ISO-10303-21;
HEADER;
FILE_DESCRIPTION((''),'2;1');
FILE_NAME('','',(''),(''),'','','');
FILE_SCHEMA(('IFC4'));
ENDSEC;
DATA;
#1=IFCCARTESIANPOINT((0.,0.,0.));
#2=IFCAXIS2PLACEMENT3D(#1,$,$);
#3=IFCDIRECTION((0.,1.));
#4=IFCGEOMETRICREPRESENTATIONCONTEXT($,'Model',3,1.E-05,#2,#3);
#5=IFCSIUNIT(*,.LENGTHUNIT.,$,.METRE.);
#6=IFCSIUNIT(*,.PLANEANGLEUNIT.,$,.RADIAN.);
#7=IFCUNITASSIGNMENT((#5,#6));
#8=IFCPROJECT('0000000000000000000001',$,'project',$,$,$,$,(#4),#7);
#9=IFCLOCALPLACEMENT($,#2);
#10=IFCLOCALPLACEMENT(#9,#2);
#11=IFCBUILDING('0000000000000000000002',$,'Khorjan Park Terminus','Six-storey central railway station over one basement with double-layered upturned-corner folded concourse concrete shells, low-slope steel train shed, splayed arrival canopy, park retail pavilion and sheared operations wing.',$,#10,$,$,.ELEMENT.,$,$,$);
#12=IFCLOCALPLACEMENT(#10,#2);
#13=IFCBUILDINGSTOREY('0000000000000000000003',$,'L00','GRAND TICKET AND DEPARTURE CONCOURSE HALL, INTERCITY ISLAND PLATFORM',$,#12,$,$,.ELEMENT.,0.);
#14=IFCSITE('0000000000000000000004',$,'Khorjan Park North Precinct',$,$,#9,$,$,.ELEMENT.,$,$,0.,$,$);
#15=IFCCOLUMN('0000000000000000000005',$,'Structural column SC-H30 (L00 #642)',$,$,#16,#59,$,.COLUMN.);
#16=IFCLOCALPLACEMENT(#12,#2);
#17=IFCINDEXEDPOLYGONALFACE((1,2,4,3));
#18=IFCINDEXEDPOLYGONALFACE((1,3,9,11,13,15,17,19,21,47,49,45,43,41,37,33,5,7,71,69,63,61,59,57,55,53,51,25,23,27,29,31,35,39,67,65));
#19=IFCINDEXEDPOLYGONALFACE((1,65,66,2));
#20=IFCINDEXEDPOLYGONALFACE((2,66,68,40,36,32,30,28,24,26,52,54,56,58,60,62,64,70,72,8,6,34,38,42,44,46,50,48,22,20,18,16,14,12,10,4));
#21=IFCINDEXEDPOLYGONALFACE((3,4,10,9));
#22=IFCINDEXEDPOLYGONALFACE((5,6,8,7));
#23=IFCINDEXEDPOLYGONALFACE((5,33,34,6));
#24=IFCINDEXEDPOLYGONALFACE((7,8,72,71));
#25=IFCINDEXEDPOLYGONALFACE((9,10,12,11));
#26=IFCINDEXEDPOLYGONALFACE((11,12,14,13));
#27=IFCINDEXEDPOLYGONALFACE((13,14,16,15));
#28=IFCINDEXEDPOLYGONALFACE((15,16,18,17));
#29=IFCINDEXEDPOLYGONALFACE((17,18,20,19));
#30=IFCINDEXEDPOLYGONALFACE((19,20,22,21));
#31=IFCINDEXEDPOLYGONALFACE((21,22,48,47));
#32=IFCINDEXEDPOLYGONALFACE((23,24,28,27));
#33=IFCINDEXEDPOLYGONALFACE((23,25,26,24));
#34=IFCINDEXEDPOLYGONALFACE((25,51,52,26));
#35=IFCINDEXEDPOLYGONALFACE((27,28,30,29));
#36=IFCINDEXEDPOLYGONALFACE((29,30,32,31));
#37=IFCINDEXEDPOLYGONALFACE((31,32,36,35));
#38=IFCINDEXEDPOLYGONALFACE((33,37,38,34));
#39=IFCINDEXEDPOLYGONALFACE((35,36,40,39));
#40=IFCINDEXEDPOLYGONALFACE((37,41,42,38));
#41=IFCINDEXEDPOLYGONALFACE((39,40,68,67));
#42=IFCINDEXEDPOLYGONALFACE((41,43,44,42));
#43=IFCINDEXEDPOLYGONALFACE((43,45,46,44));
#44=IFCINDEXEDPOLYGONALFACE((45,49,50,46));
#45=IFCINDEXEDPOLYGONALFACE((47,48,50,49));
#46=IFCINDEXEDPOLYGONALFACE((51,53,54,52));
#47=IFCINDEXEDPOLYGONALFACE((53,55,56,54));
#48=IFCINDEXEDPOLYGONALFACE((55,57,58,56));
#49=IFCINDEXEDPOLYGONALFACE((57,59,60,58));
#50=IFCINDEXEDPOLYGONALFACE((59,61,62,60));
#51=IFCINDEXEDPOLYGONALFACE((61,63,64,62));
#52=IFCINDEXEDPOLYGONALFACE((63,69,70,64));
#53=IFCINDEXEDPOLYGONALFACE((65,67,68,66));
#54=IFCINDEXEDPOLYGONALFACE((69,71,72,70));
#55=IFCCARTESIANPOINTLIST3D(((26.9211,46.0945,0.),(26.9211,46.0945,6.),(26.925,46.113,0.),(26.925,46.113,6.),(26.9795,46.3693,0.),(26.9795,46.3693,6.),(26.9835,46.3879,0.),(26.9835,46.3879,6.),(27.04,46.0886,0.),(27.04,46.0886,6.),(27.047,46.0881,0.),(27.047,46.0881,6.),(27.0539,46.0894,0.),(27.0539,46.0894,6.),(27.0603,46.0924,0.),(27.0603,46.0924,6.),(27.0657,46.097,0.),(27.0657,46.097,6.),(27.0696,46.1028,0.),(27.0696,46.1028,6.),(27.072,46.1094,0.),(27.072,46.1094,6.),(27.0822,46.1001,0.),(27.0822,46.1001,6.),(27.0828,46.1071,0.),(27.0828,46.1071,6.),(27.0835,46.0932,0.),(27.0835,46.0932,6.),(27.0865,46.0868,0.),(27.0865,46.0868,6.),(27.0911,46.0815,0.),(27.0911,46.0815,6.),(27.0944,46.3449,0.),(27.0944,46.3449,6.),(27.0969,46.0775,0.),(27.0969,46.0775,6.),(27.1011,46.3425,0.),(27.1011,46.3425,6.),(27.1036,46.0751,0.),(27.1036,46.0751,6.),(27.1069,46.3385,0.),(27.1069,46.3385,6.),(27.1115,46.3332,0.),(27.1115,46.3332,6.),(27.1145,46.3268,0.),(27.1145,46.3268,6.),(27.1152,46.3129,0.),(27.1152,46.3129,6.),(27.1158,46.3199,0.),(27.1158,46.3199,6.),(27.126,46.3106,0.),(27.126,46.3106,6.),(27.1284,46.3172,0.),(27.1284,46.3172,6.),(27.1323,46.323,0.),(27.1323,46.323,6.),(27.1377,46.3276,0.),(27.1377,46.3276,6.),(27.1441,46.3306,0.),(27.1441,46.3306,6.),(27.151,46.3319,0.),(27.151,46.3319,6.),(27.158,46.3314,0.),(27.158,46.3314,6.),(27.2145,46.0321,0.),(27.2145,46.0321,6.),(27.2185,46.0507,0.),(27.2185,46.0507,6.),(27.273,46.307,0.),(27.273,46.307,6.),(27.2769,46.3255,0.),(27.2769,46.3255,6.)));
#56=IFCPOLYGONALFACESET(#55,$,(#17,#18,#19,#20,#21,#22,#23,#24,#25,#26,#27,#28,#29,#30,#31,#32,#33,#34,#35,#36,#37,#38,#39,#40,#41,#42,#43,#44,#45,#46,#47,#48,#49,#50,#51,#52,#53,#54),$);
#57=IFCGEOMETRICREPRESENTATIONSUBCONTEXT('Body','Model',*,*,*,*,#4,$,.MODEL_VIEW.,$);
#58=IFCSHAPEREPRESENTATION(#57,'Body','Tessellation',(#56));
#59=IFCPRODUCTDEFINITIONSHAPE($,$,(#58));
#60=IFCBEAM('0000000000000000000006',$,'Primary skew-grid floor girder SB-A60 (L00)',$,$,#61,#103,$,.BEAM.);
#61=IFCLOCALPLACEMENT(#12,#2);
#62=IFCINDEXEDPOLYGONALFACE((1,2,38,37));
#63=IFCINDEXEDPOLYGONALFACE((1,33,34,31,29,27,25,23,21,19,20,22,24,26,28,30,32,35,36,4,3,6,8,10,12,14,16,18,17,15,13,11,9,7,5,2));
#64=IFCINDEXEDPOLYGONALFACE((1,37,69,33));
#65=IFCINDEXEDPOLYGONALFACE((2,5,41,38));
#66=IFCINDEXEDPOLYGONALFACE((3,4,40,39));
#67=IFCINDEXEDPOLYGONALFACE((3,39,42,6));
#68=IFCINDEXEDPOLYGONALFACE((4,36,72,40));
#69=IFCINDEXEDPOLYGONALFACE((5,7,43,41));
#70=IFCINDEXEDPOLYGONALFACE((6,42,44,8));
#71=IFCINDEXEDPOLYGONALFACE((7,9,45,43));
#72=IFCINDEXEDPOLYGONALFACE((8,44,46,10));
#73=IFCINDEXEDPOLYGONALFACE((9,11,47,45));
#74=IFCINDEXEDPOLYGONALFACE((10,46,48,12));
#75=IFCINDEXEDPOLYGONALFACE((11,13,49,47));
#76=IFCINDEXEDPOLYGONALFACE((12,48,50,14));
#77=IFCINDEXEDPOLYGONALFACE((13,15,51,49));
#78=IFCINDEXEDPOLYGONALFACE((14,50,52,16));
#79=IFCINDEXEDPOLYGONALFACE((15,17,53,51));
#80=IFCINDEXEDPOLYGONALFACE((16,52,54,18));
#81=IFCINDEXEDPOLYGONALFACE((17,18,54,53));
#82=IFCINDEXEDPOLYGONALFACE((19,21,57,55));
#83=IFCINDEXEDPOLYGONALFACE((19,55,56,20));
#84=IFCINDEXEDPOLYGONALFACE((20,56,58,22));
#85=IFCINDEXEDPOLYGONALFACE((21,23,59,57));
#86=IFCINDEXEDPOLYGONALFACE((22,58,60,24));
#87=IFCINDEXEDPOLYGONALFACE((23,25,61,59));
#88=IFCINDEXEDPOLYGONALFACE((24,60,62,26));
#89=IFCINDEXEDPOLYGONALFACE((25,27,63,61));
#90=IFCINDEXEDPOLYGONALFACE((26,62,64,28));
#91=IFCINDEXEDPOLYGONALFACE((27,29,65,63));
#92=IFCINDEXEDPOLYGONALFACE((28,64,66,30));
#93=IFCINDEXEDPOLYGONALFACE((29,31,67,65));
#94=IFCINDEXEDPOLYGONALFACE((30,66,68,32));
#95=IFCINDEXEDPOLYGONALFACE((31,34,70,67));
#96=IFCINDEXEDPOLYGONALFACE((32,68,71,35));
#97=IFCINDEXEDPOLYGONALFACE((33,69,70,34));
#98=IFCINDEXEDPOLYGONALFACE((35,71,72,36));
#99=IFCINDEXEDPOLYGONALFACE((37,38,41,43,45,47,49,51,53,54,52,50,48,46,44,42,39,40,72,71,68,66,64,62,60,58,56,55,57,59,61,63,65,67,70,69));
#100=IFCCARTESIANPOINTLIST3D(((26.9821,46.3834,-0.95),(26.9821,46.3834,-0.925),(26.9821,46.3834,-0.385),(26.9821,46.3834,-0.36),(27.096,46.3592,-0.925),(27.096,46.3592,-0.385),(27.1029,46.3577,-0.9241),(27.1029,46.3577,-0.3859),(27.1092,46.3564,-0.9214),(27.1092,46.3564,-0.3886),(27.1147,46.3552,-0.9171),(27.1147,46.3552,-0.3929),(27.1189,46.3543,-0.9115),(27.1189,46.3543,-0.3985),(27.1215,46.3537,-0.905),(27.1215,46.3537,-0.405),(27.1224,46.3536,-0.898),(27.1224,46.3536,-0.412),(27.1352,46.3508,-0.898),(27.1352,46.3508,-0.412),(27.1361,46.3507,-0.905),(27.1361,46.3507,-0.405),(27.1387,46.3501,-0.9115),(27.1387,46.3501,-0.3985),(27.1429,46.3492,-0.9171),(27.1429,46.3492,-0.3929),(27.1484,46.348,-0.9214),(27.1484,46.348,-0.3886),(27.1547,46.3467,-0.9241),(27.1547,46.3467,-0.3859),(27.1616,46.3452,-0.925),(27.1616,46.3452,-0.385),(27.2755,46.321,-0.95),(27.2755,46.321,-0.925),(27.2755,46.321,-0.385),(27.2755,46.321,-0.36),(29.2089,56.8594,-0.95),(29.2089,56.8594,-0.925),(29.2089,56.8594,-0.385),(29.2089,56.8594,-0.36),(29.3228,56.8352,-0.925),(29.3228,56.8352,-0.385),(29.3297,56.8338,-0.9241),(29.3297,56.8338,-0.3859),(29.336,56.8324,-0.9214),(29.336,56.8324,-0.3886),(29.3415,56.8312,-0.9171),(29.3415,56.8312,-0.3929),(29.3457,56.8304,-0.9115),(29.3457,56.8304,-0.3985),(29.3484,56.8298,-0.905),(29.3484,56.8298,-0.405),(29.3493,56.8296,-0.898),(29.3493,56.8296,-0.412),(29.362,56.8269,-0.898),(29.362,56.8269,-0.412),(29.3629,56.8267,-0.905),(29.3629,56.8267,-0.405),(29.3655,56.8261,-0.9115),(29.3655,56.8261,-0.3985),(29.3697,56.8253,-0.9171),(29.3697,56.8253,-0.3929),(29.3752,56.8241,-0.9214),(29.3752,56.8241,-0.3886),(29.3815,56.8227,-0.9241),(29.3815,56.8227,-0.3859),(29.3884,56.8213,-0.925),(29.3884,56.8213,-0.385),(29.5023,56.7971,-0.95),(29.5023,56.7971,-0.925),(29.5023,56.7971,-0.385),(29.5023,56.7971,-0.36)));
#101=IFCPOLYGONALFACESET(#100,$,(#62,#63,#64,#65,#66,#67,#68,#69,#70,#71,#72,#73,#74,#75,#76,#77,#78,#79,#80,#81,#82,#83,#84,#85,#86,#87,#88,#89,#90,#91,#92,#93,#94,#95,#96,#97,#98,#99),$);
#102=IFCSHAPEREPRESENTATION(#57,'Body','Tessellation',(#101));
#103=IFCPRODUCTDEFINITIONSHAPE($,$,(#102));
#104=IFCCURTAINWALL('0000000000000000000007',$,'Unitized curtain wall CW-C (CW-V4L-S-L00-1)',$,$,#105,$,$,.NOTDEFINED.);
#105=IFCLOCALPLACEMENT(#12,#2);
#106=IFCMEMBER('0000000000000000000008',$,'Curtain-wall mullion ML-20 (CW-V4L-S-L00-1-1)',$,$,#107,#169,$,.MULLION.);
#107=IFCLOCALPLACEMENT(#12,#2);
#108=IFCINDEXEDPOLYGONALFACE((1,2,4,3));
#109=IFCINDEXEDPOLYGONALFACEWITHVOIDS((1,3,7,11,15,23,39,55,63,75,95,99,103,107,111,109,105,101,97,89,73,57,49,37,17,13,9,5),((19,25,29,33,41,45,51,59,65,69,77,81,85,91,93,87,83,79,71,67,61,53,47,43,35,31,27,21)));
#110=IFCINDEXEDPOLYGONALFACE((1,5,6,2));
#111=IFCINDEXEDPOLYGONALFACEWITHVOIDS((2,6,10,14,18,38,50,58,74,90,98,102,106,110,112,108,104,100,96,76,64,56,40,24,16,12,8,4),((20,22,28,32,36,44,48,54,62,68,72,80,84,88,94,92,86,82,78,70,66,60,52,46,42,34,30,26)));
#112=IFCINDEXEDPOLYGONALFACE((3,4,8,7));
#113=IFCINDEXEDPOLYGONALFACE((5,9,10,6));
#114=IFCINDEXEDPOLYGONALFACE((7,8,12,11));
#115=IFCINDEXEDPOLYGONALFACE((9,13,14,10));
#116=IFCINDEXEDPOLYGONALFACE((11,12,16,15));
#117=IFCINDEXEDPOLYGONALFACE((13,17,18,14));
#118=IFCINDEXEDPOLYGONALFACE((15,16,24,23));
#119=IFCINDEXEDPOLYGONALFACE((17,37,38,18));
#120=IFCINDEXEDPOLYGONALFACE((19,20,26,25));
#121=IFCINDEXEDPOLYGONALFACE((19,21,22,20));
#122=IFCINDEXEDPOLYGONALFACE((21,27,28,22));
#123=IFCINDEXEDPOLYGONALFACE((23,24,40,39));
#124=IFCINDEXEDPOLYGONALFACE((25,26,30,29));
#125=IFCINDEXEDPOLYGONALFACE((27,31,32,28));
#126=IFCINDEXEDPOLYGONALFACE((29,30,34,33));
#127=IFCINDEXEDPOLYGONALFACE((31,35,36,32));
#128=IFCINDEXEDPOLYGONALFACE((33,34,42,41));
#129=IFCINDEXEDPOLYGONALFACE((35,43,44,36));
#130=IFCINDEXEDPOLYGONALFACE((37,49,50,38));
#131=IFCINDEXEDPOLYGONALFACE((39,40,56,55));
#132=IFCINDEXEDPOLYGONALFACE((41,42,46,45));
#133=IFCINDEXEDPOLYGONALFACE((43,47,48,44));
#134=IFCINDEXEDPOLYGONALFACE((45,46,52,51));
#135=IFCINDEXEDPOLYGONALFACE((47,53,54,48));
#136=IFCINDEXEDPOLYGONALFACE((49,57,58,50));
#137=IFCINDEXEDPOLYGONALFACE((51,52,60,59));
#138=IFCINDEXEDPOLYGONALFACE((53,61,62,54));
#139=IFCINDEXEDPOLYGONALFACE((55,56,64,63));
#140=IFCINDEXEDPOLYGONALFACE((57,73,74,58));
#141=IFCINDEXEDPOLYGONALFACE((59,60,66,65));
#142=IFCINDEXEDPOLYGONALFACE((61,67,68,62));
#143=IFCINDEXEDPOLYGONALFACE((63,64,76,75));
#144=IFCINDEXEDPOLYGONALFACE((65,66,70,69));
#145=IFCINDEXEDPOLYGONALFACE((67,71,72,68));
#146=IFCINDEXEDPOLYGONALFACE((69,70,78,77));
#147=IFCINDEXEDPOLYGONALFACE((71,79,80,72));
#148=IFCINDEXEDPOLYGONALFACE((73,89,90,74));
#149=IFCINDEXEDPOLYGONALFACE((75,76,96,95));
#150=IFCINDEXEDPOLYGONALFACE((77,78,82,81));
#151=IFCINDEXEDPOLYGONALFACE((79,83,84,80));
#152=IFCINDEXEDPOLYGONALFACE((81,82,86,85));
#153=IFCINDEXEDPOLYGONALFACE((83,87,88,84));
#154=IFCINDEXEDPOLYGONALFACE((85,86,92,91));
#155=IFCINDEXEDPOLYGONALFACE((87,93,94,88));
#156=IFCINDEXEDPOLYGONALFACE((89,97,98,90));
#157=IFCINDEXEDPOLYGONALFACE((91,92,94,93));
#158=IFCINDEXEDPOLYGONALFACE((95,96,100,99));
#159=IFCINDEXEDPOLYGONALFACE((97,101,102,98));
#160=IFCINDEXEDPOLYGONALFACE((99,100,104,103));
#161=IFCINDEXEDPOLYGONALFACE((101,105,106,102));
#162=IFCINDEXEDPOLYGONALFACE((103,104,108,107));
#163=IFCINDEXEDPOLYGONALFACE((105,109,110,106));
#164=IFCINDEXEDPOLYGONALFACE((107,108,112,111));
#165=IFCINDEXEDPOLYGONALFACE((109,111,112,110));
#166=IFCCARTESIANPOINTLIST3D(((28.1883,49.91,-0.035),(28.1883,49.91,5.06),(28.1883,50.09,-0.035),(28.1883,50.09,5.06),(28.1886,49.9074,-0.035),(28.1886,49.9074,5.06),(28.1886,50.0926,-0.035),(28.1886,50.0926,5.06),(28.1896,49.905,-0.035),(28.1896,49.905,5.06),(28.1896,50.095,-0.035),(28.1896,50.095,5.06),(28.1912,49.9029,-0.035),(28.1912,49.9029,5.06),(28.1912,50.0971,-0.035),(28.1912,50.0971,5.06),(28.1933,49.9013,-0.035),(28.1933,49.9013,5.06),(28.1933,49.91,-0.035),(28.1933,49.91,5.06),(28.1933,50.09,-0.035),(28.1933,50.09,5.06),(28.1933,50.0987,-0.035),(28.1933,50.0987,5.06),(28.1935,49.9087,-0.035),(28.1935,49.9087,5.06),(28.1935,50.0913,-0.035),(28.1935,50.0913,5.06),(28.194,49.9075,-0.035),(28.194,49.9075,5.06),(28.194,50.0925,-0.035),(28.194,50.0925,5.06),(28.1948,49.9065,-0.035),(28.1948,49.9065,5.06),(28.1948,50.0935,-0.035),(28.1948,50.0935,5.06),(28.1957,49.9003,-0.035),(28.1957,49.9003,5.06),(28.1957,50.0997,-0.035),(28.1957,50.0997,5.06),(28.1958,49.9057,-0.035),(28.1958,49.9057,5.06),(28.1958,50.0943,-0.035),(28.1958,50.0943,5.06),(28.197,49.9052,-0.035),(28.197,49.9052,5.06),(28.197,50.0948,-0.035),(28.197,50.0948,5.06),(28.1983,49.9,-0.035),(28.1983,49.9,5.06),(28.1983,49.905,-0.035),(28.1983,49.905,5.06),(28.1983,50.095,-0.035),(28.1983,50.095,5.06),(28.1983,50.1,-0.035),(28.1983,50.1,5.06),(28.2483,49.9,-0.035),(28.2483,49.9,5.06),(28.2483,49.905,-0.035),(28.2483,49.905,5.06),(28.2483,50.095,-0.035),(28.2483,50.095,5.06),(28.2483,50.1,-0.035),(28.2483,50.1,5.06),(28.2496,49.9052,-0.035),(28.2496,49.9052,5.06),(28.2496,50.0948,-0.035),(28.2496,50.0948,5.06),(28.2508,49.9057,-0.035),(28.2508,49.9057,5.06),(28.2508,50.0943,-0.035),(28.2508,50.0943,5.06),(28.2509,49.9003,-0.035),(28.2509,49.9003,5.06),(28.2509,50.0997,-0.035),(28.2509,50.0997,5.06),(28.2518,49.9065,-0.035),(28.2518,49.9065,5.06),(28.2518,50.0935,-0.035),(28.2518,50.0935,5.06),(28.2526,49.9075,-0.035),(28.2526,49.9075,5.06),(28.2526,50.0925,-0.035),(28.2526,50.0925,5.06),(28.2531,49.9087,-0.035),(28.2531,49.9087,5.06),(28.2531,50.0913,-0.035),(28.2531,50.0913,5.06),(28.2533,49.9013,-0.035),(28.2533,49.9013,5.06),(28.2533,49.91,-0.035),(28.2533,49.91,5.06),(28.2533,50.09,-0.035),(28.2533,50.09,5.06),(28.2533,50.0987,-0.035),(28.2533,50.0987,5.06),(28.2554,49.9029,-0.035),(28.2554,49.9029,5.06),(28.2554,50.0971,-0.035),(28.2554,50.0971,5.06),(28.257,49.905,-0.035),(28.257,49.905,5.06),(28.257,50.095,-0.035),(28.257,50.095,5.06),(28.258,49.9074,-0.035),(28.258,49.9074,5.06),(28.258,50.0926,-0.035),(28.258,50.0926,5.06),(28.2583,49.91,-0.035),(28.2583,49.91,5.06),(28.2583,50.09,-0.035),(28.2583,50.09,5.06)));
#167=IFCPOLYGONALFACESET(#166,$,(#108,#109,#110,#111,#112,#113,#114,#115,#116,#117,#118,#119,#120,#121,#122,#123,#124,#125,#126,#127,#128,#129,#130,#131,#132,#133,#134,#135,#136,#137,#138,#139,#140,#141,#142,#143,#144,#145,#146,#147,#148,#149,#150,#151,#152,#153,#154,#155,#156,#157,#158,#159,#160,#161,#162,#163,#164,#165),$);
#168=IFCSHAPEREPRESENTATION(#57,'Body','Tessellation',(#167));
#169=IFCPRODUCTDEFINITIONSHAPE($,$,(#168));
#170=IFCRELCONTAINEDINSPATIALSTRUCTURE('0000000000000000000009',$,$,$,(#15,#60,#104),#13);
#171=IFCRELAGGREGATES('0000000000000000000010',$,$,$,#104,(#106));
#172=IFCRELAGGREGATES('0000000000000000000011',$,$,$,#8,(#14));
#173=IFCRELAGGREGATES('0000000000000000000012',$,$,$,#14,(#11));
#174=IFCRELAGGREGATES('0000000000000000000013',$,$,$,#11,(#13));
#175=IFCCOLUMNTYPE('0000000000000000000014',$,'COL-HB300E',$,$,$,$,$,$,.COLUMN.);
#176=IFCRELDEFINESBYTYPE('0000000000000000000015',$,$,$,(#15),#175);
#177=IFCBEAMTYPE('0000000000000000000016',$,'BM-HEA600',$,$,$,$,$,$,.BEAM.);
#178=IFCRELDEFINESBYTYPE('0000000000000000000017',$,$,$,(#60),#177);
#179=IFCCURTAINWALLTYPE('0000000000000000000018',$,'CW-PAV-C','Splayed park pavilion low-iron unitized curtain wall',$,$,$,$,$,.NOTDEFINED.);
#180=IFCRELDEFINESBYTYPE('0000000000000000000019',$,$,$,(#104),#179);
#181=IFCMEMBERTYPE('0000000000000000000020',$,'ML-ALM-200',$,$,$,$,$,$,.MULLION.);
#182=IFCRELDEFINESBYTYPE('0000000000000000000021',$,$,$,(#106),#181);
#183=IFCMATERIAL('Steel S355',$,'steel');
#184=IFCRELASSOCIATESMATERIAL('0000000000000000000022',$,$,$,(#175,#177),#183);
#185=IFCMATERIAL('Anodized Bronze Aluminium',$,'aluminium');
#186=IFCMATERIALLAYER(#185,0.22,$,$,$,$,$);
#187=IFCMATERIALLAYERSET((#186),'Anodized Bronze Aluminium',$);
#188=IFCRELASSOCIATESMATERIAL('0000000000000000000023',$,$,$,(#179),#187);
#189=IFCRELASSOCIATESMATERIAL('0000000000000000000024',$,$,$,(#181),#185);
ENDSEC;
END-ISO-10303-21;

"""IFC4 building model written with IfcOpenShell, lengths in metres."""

from ifc_helpers import new_model, si_unit, direction, frame, origin, origin_2d, place, context, subcontext, project, spatial, hollow_rectangle, i_section, extrude, material, layer, layer_set, material_profile, profile_set, type_object, element, aggregate, save


model = new_model("IFC4")

# Units and contexts
model_context = context("Model", 3, precision=1e-05, world=origin(), true_north=direction((0.0, 1.0)))
body_context = subcontext(model_context, "Body", "Model", "MODEL_VIEW")
ifc_project = project(units=[si_unit("LENGTHUNIT", "METRE"), si_unit("PLANEANGLEUNIT", "RADIAN")], contexts=[model_context])

# Site, building, storey
site_placement = place(None, origin())
site = spatial("IfcSite", under=ifc_project, at=site_placement, Name="Khorjan Park North Precinct", CompositionType="ELEMENT", RefElevation=0.0)
building_placement = place(site_placement, origin())
building = spatial("IfcBuilding", under=site, at=building_placement, Name="Khorjan Park Terminus", Description="Six-storey central railway station over one basement with double-layered upturned-corner folded concourse concrete shells, low-slope steel train shed, splayed arrival canopy, park retail pavilion and sheared operations wing.", CompositionType="ELEMENT")
storey_placement = place(building_placement, origin())
storey = spatial("IfcBuildingStorey", under=building, at=storey_placement, Name="L00", Description="GRAND TICKET AND DEPARTURE CONCOURSE HALL, INTERCITY ISLAND PLATFORM", CompositionType="ELEMENT", Elevation=0.0)

# Column
ifc_material_1 = material(Name="Steel S355", Category="steel")
ifc_material_profile_1 = material_profile(ifc_material_1, i_section(OverallWidth=0.3, OverallDepth=0.3, WebThickness=0.011, FlangeThickness=0.019, FilletRadius=0.027, at=origin_2d()), Name="HEB 300")
ifc_profile_set_1 = profile_set([ifc_material_profile_1], Name="Steel S355")
column_type = type_object("IfcColumnType", Name="COL-HB300E", PredefinedType="COLUMN", material=ifc_profile_set_1)
column_placement = place(storey_placement, frame((27.099, 46.21, 0.0), z_axis=(0.0, 0.0, 1.0), x_axis=(0.978148, -0.207912, 0.0)))
element("IfcColumn", 1, at=column_placement, inside=storey, type_object=column_type, Name="Structural column SC-H30 (L00 #642)", PredefinedType="COLUMN", context=body_context, shape_type="SweptSolid", body=[
    extrude(i_section(OverallWidth=0.3, OverallDepth=0.3, WebThickness=0.011, FlangeThickness=0.019, FilletRadius=0.027, at=origin_2d()), origin(), (0.0, 0.0, 1.0), 6.0),
])

# Beam
ifc_material_profile_2 = material_profile(ifc_material_1, i_section(OverallWidth=0.3, OverallDepth=0.59, WebThickness=0.013, FlangeThickness=0.025, FilletRadius=0.027, at=origin_2d()), Name="HEA 600")
ifc_profile_set_2 = profile_set([ifc_material_profile_2], Name="Steel S355")
beam_type = type_object("IfcBeamType", Name="BM-HEA600", PredefinedType="BEAM", material=ifc_profile_set_2)
beam_placement = place(storey_placement, frame((27.1288, 46.3522, -0.655), z_axis=(0.207917, 0.978147, 0.0), x_axis=(-0.978147, 0.207917, 0.0)))
element("IfcBeam", 2, at=beam_placement, inside=storey, type_object=beam_type, Name="Primary skew-grid floor girder SB-A60 (L00)", PredefinedType="BEAM", context=body_context, shape_type="SweptSolid", body=[
    extrude(i_section(OverallWidth=0.3, OverallDepth=0.59, WebThickness=0.013, FlangeThickness=0.025, FilletRadius=0.027, at=origin_2d()), origin(), (0.0, 0.0, 1.0), 10.7101),
])

# Curtain wall, member
ifc_material_2 = material(Name="Anodized Bronze Aluminium", Category="aluminium")
ifc_layer_1 = layer(ifc_material_2, 0.22)
ifc_layer_set_1 = layer_set([ifc_layer_1], Name="Anodized Bronze Aluminium")
curtain_wall_type = type_object("IfcCurtainWallType", Name="CW-PAV-C", Description="Splayed park pavilion low-iron unitized curtain wall", PredefinedType="NOTDEFINED", material=ifc_layer_set_1)
curtain_wall_1_placement = place(storey_placement, origin())
curtain_wall_1 = element("IfcCurtainWall", 3, at=curtain_wall_1_placement, inside=storey, type_object=curtain_wall_type, Name="Unitized curtain wall CW-C (CW-V4L-S-L00-1)", PredefinedType="NOTDEFINED")
ifc_material_profile_3 = material_profile(ifc_material_2, hollow_rectangle(XDim=0.07, YDim=0.2, WallThickness=0.005, InnerFilletRadius=0.005, OuterFilletRadius=0.01, at=origin_2d()), Name="ALM 70x200x5")
ifc_profile_set_3 = profile_set([ifc_material_profile_3], Name="Anodized Bronze Aluminium")
member_type_1 = type_object("IfcMemberType", Name="ML-ALM-200", PredefinedType="MULLION", material=ifc_profile_set_3)
member_1_placement = place(storey_placement, frame((28.2233, 50.0, -0.035), z_axis=(0.0, 0.0, 1.0), x_axis=(1.0, 0.0, 0.0)))
member_1 = element("IfcMember", 4, at=member_1_placement, type_object=member_type_1, Name="Curtain-wall mullion ML-20 (CW-V4L-S-L00-1-1)", PredefinedType="MULLION", context=body_context, shape_type="SweptSolid", body=[
    extrude(hollow_rectangle(XDim=0.07, YDim=0.2, WallThickness=0.005, InnerFilletRadius=0.005, OuterFilletRadius=0.01, at=origin_2d()), origin(), (0.0, 0.0, 1.0), 5.095),
])

aggregate(curtain_wall_1, [member_1])

save(model, "model.ifc")
